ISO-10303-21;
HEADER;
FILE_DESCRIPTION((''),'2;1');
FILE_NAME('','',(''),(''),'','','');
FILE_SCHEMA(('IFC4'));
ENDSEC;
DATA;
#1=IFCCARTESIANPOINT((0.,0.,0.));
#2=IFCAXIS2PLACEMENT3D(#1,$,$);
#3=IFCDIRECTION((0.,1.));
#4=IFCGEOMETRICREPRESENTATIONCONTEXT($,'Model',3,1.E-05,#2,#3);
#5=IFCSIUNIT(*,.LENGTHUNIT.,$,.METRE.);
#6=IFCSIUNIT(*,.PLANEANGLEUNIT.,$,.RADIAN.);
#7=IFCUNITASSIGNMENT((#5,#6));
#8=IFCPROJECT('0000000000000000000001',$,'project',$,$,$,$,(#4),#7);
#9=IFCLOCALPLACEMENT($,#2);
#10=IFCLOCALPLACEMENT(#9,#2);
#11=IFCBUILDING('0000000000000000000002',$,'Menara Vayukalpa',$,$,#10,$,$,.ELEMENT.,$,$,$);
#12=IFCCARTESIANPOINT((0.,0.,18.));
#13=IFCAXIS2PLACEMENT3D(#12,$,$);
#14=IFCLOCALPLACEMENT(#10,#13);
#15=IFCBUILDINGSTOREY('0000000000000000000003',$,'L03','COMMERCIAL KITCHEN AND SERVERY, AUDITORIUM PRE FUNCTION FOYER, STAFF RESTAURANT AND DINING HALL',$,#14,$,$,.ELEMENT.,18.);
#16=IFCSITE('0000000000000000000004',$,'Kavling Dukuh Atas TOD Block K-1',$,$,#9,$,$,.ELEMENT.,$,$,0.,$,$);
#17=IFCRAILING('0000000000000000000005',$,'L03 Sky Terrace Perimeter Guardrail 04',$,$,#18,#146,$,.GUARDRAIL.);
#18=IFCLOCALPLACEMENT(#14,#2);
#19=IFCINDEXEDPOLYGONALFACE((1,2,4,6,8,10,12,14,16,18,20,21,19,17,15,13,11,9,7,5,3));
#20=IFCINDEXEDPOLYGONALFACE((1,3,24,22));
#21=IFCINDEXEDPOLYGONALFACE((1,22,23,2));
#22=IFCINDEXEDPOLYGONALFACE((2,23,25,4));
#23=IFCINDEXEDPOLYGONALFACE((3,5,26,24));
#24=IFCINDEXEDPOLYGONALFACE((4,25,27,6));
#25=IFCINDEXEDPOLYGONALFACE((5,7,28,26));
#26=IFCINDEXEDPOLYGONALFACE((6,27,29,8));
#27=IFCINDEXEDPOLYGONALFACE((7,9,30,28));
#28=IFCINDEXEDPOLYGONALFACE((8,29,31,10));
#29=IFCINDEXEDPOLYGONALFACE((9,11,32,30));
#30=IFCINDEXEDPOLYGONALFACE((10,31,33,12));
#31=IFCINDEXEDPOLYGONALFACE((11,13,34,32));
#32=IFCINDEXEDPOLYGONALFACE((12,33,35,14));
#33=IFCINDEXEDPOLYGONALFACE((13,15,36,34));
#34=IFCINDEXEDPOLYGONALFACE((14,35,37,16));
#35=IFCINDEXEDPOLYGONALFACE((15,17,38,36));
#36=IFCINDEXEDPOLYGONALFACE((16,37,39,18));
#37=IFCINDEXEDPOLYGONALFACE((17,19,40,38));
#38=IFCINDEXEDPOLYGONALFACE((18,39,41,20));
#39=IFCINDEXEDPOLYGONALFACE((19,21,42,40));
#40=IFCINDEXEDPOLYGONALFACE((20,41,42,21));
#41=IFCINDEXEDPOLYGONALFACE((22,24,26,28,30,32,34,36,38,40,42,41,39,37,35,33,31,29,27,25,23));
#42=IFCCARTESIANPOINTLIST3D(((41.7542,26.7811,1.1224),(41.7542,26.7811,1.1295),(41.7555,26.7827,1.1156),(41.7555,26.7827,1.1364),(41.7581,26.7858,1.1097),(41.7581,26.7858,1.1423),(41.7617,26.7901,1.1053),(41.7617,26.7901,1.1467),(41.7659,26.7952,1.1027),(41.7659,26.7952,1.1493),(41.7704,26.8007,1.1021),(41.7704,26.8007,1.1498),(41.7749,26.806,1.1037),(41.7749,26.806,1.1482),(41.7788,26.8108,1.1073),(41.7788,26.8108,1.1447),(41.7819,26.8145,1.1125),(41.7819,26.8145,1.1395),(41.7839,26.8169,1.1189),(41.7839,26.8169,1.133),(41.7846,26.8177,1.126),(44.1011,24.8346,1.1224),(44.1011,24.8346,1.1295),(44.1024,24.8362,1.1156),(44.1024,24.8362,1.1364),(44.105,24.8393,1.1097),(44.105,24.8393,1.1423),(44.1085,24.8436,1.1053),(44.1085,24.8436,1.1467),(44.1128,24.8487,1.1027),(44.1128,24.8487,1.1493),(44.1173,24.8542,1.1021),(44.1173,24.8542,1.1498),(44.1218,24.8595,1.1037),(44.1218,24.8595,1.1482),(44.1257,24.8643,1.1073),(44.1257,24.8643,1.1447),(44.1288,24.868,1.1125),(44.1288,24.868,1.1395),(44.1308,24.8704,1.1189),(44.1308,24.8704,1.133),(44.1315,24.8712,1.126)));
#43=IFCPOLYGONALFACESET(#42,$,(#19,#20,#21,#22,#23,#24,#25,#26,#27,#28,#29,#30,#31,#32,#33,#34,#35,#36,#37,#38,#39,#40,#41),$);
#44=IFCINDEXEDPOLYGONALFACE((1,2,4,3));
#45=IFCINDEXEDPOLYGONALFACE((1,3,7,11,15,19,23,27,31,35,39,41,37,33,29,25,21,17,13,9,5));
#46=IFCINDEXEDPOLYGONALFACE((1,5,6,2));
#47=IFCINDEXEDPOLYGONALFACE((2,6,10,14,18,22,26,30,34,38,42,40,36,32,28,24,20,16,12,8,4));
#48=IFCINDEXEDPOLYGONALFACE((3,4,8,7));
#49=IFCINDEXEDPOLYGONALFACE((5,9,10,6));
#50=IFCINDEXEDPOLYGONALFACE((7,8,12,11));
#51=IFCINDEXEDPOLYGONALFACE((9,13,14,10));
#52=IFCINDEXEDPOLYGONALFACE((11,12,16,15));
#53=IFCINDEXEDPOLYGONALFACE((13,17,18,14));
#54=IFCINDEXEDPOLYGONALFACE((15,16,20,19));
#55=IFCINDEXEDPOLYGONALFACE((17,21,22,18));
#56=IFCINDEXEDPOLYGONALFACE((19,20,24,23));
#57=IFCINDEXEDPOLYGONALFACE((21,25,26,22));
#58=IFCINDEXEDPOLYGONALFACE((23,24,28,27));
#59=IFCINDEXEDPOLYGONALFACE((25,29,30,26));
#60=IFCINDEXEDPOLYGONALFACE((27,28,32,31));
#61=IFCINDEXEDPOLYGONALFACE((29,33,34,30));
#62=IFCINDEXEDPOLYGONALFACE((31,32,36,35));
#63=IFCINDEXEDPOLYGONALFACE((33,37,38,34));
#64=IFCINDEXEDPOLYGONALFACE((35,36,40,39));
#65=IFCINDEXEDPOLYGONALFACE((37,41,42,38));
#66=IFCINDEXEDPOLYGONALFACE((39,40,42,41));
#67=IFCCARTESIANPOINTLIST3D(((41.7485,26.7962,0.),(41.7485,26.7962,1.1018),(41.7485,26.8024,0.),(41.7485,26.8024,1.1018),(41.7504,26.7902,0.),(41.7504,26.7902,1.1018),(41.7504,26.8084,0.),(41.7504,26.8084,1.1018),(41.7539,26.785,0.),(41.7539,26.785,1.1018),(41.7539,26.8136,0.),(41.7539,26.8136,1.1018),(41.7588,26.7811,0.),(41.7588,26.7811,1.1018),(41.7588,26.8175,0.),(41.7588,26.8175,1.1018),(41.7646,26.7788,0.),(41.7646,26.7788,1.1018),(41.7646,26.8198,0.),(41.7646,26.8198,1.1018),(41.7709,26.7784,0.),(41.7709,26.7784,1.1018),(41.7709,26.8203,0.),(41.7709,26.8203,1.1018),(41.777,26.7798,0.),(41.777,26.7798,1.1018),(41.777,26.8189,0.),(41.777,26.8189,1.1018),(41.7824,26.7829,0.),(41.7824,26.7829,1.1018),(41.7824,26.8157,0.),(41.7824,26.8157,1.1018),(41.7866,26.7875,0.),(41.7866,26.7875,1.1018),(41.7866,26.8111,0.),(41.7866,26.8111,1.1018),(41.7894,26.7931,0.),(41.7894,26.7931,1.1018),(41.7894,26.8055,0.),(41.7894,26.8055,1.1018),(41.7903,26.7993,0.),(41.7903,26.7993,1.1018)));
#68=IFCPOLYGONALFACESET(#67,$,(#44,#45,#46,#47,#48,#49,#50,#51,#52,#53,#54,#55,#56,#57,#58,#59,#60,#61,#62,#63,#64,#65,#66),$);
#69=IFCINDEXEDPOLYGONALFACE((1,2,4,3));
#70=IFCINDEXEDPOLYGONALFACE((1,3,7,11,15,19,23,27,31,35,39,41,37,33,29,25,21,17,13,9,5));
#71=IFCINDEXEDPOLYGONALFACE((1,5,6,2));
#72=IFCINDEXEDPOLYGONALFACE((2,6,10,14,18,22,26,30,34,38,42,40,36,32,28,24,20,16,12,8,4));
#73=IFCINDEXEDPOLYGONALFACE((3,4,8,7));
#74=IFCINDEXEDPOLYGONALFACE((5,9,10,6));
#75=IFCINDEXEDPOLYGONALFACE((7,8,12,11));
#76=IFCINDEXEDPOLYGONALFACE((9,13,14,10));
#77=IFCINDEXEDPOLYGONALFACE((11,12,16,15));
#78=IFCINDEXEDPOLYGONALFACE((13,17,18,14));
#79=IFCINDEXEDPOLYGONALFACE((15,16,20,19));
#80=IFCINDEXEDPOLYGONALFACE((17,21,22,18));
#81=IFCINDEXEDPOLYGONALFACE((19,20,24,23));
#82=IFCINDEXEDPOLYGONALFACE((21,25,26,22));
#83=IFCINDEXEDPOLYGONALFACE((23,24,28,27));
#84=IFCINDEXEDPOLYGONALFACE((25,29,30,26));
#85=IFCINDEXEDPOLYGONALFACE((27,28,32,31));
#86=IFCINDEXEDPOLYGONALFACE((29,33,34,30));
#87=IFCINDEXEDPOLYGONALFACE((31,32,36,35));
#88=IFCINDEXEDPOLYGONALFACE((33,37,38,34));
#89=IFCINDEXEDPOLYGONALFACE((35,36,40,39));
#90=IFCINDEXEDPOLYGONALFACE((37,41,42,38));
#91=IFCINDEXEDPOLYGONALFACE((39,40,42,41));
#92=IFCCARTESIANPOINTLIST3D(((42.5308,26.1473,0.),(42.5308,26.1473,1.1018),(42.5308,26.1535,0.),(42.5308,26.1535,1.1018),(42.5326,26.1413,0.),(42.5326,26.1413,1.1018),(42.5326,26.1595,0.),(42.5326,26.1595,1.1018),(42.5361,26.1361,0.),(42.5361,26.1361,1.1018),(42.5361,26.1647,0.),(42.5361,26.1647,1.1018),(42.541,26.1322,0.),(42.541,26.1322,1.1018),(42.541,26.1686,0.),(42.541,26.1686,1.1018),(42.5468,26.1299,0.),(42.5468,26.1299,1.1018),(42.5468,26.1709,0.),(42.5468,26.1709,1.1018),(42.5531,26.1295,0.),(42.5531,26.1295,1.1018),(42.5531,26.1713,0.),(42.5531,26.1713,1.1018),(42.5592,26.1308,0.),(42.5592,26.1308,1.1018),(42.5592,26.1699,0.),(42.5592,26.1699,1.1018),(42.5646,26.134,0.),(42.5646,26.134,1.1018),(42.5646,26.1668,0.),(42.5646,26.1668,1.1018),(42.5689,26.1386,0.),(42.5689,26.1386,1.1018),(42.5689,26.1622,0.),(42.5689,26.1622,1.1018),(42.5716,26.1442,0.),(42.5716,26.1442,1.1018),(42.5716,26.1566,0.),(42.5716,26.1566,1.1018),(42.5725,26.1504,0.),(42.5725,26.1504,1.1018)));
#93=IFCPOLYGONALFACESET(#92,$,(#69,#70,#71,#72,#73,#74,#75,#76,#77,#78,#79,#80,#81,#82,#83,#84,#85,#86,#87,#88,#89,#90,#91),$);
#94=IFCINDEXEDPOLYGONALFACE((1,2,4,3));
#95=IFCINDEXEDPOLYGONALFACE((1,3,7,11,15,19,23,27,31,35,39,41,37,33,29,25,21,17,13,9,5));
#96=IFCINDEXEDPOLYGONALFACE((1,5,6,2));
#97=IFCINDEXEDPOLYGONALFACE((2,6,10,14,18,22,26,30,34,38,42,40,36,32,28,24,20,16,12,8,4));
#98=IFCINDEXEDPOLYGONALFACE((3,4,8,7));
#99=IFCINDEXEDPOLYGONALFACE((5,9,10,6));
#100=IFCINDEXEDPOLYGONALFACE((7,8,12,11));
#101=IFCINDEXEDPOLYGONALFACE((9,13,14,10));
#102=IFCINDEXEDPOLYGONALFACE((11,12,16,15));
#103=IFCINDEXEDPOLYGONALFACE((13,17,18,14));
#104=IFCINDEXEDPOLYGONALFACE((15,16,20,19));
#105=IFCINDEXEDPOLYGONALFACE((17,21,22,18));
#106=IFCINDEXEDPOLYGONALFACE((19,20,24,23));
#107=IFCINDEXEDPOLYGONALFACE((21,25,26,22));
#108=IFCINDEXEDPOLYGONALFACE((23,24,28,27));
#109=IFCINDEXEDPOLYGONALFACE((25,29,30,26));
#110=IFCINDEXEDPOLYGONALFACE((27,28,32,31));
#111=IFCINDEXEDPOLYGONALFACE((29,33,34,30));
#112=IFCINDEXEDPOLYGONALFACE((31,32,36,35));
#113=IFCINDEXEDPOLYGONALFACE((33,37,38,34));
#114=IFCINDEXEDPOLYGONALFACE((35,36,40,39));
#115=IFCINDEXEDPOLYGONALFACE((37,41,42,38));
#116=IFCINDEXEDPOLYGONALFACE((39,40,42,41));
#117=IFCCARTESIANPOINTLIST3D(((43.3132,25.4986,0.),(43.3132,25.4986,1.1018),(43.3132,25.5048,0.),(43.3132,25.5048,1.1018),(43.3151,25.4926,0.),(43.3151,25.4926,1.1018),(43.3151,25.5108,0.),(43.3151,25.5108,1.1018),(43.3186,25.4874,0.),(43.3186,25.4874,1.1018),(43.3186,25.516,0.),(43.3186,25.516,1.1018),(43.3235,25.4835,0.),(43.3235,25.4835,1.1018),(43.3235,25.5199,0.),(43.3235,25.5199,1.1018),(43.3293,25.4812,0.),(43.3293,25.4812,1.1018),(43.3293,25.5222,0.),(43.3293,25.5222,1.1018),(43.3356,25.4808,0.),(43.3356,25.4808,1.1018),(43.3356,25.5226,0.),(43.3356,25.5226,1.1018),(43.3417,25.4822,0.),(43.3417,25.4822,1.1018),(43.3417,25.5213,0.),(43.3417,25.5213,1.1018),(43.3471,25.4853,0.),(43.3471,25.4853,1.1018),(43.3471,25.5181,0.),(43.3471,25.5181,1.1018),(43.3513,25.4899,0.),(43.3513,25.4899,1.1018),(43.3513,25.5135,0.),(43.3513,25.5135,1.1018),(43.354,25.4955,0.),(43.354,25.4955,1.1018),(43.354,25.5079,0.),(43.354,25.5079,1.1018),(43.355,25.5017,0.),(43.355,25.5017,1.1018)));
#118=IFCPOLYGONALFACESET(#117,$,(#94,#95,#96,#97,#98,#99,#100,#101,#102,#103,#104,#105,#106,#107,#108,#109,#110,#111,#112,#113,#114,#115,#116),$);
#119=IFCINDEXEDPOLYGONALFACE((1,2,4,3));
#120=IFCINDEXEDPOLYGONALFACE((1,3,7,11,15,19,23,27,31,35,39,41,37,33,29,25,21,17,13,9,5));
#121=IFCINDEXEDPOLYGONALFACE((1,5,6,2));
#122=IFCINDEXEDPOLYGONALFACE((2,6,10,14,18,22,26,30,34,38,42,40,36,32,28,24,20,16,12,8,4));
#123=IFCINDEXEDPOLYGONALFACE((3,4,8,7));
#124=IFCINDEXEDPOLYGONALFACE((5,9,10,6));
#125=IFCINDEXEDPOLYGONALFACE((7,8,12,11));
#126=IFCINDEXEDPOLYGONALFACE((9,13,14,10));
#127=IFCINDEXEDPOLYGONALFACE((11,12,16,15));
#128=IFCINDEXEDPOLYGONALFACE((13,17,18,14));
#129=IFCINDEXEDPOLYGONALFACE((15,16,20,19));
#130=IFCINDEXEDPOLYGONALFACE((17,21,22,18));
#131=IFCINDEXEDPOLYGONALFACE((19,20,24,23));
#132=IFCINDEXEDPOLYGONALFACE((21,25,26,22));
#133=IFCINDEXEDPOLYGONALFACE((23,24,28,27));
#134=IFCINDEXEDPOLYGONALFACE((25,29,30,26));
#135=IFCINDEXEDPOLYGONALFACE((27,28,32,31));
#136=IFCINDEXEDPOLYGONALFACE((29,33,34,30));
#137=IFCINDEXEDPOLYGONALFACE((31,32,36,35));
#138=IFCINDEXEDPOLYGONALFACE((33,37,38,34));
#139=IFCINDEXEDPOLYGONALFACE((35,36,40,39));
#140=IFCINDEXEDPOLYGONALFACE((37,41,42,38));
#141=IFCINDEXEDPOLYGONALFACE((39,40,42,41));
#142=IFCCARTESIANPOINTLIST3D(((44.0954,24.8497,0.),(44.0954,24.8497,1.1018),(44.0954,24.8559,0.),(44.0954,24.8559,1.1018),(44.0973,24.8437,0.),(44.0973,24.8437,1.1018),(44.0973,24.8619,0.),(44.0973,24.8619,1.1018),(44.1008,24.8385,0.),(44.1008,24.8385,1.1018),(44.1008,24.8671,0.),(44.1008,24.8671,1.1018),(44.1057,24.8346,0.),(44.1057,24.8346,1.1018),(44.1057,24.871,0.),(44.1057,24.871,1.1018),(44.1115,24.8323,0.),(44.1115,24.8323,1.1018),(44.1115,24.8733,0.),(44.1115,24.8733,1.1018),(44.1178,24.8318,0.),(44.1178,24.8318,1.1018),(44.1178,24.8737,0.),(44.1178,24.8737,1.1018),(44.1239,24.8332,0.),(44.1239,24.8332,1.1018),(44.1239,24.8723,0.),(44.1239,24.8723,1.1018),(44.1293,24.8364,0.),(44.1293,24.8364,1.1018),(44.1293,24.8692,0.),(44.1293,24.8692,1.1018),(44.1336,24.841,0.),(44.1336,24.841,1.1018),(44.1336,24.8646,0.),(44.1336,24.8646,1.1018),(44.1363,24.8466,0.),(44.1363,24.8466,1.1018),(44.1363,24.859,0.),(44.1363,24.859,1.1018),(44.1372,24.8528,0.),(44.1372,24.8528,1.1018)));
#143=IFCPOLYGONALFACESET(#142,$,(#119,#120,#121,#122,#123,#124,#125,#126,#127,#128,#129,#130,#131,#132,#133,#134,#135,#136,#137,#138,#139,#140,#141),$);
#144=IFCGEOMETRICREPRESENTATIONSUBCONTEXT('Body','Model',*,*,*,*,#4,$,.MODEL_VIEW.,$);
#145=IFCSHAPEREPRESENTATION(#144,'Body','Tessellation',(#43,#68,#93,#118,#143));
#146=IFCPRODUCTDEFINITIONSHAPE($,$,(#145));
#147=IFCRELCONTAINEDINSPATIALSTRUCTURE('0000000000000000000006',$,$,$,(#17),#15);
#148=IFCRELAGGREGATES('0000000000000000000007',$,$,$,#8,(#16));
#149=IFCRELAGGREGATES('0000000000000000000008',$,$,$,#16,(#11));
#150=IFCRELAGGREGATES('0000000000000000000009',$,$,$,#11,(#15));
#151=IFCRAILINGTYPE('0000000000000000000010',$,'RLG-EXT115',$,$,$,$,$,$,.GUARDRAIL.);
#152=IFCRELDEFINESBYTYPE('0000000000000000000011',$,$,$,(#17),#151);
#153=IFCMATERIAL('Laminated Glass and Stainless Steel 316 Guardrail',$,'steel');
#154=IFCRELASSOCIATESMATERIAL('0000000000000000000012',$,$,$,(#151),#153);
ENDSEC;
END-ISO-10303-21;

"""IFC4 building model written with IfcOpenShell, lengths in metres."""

from ifc_helpers import new_model, si_unit, direction, frame, origin, origin_2d, place, context, subcontext, project, spatial, circle, extrude, material, type_object, element, save


model = new_model("IFC4")

# Units and contexts
model_context = context("Model", 3, precision=1e-05, world=origin(), true_north=direction((0.0, 1.0)))
body_context = subcontext(model_context, "Body", "Model", "MODEL_VIEW")
ifc_project = project(units=[si_unit("LENGTHUNIT", "METRE"), si_unit("PLANEANGLEUNIT", "RADIAN")], contexts=[model_context])

# Site, building, storey
site_placement = place(None, origin())
site = spatial("IfcSite", under=ifc_project, at=site_placement, Name="Kavling Dukuh Atas TOD Block K-1", CompositionType="ELEMENT", RefElevation=0.0)
building_placement = place(site_placement, origin())
building = spatial("IfcBuilding", under=site, at=building_placement, Name="Menara Vayukalpa", CompositionType="ELEMENT")
storey_placement = place(building_placement, frame((0.0, 0.0, 18.0)))
storey = spatial("IfcBuildingStorey", under=building, at=storey_placement, Name="L03", Description="COMMERCIAL KITCHEN AND SERVERY, AUDITORIUM PRE FUNCTION FOYER, STAFF RESTAURANT AND DINING HALL", CompositionType="ELEMENT", Elevation=18.0)

# Railing
ifc_material_1 = material(Name="Laminated Glass and Stainless Steel 316 Guardrail", Category="steel")
railing_type = type_object("IfcRailingType", Name="RLG-EXT115", PredefinedType="GUARDRAIL", material=ifc_material_1)
railing_1_placement = place(storey_placement, frame((41.7693, 26.7993, 0.0)))
element("IfcRailing", 1, at=railing_1_placement, inside=storey, type_object=railing_type, Name="L03 Sky Terrace Perimeter Guardrail 04", PredefinedType="GUARDRAIL", context=body_context, shape_type="SweptSolid", body=[
    extrude(circle(Radius=0.0239, at=origin_2d()), frame((0.0, 0.0, 1.126), z_axis=(0.769709, -0.638395, 0.0), x_axis=(0.638395, 0.769709, 0.0)), (0.0, 0.0, 1.0), 3.0491),
    extrude(circle(Radius=0.021, at=origin_2d()), origin(), (0.0, 0.0, 1.0), 1.1018),
    extrude(circle(Radius=0.021, at=origin_2d()), frame((0.7822, -0.6489, 0.0)), (0.0, 0.0, 1.0), 1.1018),
    extrude(circle(Radius=0.021, at=origin_2d()), frame((1.5647, -1.2976, 0.0)), (0.0, 0.0, 1.0), 1.1018),
    extrude(circle(Radius=0.021, at=origin_2d()), frame((2.3469, -1.9465, 0.0)), (0.0, 0.0, 1.0), 1.1018),
])

save(model, "model.ifc")
